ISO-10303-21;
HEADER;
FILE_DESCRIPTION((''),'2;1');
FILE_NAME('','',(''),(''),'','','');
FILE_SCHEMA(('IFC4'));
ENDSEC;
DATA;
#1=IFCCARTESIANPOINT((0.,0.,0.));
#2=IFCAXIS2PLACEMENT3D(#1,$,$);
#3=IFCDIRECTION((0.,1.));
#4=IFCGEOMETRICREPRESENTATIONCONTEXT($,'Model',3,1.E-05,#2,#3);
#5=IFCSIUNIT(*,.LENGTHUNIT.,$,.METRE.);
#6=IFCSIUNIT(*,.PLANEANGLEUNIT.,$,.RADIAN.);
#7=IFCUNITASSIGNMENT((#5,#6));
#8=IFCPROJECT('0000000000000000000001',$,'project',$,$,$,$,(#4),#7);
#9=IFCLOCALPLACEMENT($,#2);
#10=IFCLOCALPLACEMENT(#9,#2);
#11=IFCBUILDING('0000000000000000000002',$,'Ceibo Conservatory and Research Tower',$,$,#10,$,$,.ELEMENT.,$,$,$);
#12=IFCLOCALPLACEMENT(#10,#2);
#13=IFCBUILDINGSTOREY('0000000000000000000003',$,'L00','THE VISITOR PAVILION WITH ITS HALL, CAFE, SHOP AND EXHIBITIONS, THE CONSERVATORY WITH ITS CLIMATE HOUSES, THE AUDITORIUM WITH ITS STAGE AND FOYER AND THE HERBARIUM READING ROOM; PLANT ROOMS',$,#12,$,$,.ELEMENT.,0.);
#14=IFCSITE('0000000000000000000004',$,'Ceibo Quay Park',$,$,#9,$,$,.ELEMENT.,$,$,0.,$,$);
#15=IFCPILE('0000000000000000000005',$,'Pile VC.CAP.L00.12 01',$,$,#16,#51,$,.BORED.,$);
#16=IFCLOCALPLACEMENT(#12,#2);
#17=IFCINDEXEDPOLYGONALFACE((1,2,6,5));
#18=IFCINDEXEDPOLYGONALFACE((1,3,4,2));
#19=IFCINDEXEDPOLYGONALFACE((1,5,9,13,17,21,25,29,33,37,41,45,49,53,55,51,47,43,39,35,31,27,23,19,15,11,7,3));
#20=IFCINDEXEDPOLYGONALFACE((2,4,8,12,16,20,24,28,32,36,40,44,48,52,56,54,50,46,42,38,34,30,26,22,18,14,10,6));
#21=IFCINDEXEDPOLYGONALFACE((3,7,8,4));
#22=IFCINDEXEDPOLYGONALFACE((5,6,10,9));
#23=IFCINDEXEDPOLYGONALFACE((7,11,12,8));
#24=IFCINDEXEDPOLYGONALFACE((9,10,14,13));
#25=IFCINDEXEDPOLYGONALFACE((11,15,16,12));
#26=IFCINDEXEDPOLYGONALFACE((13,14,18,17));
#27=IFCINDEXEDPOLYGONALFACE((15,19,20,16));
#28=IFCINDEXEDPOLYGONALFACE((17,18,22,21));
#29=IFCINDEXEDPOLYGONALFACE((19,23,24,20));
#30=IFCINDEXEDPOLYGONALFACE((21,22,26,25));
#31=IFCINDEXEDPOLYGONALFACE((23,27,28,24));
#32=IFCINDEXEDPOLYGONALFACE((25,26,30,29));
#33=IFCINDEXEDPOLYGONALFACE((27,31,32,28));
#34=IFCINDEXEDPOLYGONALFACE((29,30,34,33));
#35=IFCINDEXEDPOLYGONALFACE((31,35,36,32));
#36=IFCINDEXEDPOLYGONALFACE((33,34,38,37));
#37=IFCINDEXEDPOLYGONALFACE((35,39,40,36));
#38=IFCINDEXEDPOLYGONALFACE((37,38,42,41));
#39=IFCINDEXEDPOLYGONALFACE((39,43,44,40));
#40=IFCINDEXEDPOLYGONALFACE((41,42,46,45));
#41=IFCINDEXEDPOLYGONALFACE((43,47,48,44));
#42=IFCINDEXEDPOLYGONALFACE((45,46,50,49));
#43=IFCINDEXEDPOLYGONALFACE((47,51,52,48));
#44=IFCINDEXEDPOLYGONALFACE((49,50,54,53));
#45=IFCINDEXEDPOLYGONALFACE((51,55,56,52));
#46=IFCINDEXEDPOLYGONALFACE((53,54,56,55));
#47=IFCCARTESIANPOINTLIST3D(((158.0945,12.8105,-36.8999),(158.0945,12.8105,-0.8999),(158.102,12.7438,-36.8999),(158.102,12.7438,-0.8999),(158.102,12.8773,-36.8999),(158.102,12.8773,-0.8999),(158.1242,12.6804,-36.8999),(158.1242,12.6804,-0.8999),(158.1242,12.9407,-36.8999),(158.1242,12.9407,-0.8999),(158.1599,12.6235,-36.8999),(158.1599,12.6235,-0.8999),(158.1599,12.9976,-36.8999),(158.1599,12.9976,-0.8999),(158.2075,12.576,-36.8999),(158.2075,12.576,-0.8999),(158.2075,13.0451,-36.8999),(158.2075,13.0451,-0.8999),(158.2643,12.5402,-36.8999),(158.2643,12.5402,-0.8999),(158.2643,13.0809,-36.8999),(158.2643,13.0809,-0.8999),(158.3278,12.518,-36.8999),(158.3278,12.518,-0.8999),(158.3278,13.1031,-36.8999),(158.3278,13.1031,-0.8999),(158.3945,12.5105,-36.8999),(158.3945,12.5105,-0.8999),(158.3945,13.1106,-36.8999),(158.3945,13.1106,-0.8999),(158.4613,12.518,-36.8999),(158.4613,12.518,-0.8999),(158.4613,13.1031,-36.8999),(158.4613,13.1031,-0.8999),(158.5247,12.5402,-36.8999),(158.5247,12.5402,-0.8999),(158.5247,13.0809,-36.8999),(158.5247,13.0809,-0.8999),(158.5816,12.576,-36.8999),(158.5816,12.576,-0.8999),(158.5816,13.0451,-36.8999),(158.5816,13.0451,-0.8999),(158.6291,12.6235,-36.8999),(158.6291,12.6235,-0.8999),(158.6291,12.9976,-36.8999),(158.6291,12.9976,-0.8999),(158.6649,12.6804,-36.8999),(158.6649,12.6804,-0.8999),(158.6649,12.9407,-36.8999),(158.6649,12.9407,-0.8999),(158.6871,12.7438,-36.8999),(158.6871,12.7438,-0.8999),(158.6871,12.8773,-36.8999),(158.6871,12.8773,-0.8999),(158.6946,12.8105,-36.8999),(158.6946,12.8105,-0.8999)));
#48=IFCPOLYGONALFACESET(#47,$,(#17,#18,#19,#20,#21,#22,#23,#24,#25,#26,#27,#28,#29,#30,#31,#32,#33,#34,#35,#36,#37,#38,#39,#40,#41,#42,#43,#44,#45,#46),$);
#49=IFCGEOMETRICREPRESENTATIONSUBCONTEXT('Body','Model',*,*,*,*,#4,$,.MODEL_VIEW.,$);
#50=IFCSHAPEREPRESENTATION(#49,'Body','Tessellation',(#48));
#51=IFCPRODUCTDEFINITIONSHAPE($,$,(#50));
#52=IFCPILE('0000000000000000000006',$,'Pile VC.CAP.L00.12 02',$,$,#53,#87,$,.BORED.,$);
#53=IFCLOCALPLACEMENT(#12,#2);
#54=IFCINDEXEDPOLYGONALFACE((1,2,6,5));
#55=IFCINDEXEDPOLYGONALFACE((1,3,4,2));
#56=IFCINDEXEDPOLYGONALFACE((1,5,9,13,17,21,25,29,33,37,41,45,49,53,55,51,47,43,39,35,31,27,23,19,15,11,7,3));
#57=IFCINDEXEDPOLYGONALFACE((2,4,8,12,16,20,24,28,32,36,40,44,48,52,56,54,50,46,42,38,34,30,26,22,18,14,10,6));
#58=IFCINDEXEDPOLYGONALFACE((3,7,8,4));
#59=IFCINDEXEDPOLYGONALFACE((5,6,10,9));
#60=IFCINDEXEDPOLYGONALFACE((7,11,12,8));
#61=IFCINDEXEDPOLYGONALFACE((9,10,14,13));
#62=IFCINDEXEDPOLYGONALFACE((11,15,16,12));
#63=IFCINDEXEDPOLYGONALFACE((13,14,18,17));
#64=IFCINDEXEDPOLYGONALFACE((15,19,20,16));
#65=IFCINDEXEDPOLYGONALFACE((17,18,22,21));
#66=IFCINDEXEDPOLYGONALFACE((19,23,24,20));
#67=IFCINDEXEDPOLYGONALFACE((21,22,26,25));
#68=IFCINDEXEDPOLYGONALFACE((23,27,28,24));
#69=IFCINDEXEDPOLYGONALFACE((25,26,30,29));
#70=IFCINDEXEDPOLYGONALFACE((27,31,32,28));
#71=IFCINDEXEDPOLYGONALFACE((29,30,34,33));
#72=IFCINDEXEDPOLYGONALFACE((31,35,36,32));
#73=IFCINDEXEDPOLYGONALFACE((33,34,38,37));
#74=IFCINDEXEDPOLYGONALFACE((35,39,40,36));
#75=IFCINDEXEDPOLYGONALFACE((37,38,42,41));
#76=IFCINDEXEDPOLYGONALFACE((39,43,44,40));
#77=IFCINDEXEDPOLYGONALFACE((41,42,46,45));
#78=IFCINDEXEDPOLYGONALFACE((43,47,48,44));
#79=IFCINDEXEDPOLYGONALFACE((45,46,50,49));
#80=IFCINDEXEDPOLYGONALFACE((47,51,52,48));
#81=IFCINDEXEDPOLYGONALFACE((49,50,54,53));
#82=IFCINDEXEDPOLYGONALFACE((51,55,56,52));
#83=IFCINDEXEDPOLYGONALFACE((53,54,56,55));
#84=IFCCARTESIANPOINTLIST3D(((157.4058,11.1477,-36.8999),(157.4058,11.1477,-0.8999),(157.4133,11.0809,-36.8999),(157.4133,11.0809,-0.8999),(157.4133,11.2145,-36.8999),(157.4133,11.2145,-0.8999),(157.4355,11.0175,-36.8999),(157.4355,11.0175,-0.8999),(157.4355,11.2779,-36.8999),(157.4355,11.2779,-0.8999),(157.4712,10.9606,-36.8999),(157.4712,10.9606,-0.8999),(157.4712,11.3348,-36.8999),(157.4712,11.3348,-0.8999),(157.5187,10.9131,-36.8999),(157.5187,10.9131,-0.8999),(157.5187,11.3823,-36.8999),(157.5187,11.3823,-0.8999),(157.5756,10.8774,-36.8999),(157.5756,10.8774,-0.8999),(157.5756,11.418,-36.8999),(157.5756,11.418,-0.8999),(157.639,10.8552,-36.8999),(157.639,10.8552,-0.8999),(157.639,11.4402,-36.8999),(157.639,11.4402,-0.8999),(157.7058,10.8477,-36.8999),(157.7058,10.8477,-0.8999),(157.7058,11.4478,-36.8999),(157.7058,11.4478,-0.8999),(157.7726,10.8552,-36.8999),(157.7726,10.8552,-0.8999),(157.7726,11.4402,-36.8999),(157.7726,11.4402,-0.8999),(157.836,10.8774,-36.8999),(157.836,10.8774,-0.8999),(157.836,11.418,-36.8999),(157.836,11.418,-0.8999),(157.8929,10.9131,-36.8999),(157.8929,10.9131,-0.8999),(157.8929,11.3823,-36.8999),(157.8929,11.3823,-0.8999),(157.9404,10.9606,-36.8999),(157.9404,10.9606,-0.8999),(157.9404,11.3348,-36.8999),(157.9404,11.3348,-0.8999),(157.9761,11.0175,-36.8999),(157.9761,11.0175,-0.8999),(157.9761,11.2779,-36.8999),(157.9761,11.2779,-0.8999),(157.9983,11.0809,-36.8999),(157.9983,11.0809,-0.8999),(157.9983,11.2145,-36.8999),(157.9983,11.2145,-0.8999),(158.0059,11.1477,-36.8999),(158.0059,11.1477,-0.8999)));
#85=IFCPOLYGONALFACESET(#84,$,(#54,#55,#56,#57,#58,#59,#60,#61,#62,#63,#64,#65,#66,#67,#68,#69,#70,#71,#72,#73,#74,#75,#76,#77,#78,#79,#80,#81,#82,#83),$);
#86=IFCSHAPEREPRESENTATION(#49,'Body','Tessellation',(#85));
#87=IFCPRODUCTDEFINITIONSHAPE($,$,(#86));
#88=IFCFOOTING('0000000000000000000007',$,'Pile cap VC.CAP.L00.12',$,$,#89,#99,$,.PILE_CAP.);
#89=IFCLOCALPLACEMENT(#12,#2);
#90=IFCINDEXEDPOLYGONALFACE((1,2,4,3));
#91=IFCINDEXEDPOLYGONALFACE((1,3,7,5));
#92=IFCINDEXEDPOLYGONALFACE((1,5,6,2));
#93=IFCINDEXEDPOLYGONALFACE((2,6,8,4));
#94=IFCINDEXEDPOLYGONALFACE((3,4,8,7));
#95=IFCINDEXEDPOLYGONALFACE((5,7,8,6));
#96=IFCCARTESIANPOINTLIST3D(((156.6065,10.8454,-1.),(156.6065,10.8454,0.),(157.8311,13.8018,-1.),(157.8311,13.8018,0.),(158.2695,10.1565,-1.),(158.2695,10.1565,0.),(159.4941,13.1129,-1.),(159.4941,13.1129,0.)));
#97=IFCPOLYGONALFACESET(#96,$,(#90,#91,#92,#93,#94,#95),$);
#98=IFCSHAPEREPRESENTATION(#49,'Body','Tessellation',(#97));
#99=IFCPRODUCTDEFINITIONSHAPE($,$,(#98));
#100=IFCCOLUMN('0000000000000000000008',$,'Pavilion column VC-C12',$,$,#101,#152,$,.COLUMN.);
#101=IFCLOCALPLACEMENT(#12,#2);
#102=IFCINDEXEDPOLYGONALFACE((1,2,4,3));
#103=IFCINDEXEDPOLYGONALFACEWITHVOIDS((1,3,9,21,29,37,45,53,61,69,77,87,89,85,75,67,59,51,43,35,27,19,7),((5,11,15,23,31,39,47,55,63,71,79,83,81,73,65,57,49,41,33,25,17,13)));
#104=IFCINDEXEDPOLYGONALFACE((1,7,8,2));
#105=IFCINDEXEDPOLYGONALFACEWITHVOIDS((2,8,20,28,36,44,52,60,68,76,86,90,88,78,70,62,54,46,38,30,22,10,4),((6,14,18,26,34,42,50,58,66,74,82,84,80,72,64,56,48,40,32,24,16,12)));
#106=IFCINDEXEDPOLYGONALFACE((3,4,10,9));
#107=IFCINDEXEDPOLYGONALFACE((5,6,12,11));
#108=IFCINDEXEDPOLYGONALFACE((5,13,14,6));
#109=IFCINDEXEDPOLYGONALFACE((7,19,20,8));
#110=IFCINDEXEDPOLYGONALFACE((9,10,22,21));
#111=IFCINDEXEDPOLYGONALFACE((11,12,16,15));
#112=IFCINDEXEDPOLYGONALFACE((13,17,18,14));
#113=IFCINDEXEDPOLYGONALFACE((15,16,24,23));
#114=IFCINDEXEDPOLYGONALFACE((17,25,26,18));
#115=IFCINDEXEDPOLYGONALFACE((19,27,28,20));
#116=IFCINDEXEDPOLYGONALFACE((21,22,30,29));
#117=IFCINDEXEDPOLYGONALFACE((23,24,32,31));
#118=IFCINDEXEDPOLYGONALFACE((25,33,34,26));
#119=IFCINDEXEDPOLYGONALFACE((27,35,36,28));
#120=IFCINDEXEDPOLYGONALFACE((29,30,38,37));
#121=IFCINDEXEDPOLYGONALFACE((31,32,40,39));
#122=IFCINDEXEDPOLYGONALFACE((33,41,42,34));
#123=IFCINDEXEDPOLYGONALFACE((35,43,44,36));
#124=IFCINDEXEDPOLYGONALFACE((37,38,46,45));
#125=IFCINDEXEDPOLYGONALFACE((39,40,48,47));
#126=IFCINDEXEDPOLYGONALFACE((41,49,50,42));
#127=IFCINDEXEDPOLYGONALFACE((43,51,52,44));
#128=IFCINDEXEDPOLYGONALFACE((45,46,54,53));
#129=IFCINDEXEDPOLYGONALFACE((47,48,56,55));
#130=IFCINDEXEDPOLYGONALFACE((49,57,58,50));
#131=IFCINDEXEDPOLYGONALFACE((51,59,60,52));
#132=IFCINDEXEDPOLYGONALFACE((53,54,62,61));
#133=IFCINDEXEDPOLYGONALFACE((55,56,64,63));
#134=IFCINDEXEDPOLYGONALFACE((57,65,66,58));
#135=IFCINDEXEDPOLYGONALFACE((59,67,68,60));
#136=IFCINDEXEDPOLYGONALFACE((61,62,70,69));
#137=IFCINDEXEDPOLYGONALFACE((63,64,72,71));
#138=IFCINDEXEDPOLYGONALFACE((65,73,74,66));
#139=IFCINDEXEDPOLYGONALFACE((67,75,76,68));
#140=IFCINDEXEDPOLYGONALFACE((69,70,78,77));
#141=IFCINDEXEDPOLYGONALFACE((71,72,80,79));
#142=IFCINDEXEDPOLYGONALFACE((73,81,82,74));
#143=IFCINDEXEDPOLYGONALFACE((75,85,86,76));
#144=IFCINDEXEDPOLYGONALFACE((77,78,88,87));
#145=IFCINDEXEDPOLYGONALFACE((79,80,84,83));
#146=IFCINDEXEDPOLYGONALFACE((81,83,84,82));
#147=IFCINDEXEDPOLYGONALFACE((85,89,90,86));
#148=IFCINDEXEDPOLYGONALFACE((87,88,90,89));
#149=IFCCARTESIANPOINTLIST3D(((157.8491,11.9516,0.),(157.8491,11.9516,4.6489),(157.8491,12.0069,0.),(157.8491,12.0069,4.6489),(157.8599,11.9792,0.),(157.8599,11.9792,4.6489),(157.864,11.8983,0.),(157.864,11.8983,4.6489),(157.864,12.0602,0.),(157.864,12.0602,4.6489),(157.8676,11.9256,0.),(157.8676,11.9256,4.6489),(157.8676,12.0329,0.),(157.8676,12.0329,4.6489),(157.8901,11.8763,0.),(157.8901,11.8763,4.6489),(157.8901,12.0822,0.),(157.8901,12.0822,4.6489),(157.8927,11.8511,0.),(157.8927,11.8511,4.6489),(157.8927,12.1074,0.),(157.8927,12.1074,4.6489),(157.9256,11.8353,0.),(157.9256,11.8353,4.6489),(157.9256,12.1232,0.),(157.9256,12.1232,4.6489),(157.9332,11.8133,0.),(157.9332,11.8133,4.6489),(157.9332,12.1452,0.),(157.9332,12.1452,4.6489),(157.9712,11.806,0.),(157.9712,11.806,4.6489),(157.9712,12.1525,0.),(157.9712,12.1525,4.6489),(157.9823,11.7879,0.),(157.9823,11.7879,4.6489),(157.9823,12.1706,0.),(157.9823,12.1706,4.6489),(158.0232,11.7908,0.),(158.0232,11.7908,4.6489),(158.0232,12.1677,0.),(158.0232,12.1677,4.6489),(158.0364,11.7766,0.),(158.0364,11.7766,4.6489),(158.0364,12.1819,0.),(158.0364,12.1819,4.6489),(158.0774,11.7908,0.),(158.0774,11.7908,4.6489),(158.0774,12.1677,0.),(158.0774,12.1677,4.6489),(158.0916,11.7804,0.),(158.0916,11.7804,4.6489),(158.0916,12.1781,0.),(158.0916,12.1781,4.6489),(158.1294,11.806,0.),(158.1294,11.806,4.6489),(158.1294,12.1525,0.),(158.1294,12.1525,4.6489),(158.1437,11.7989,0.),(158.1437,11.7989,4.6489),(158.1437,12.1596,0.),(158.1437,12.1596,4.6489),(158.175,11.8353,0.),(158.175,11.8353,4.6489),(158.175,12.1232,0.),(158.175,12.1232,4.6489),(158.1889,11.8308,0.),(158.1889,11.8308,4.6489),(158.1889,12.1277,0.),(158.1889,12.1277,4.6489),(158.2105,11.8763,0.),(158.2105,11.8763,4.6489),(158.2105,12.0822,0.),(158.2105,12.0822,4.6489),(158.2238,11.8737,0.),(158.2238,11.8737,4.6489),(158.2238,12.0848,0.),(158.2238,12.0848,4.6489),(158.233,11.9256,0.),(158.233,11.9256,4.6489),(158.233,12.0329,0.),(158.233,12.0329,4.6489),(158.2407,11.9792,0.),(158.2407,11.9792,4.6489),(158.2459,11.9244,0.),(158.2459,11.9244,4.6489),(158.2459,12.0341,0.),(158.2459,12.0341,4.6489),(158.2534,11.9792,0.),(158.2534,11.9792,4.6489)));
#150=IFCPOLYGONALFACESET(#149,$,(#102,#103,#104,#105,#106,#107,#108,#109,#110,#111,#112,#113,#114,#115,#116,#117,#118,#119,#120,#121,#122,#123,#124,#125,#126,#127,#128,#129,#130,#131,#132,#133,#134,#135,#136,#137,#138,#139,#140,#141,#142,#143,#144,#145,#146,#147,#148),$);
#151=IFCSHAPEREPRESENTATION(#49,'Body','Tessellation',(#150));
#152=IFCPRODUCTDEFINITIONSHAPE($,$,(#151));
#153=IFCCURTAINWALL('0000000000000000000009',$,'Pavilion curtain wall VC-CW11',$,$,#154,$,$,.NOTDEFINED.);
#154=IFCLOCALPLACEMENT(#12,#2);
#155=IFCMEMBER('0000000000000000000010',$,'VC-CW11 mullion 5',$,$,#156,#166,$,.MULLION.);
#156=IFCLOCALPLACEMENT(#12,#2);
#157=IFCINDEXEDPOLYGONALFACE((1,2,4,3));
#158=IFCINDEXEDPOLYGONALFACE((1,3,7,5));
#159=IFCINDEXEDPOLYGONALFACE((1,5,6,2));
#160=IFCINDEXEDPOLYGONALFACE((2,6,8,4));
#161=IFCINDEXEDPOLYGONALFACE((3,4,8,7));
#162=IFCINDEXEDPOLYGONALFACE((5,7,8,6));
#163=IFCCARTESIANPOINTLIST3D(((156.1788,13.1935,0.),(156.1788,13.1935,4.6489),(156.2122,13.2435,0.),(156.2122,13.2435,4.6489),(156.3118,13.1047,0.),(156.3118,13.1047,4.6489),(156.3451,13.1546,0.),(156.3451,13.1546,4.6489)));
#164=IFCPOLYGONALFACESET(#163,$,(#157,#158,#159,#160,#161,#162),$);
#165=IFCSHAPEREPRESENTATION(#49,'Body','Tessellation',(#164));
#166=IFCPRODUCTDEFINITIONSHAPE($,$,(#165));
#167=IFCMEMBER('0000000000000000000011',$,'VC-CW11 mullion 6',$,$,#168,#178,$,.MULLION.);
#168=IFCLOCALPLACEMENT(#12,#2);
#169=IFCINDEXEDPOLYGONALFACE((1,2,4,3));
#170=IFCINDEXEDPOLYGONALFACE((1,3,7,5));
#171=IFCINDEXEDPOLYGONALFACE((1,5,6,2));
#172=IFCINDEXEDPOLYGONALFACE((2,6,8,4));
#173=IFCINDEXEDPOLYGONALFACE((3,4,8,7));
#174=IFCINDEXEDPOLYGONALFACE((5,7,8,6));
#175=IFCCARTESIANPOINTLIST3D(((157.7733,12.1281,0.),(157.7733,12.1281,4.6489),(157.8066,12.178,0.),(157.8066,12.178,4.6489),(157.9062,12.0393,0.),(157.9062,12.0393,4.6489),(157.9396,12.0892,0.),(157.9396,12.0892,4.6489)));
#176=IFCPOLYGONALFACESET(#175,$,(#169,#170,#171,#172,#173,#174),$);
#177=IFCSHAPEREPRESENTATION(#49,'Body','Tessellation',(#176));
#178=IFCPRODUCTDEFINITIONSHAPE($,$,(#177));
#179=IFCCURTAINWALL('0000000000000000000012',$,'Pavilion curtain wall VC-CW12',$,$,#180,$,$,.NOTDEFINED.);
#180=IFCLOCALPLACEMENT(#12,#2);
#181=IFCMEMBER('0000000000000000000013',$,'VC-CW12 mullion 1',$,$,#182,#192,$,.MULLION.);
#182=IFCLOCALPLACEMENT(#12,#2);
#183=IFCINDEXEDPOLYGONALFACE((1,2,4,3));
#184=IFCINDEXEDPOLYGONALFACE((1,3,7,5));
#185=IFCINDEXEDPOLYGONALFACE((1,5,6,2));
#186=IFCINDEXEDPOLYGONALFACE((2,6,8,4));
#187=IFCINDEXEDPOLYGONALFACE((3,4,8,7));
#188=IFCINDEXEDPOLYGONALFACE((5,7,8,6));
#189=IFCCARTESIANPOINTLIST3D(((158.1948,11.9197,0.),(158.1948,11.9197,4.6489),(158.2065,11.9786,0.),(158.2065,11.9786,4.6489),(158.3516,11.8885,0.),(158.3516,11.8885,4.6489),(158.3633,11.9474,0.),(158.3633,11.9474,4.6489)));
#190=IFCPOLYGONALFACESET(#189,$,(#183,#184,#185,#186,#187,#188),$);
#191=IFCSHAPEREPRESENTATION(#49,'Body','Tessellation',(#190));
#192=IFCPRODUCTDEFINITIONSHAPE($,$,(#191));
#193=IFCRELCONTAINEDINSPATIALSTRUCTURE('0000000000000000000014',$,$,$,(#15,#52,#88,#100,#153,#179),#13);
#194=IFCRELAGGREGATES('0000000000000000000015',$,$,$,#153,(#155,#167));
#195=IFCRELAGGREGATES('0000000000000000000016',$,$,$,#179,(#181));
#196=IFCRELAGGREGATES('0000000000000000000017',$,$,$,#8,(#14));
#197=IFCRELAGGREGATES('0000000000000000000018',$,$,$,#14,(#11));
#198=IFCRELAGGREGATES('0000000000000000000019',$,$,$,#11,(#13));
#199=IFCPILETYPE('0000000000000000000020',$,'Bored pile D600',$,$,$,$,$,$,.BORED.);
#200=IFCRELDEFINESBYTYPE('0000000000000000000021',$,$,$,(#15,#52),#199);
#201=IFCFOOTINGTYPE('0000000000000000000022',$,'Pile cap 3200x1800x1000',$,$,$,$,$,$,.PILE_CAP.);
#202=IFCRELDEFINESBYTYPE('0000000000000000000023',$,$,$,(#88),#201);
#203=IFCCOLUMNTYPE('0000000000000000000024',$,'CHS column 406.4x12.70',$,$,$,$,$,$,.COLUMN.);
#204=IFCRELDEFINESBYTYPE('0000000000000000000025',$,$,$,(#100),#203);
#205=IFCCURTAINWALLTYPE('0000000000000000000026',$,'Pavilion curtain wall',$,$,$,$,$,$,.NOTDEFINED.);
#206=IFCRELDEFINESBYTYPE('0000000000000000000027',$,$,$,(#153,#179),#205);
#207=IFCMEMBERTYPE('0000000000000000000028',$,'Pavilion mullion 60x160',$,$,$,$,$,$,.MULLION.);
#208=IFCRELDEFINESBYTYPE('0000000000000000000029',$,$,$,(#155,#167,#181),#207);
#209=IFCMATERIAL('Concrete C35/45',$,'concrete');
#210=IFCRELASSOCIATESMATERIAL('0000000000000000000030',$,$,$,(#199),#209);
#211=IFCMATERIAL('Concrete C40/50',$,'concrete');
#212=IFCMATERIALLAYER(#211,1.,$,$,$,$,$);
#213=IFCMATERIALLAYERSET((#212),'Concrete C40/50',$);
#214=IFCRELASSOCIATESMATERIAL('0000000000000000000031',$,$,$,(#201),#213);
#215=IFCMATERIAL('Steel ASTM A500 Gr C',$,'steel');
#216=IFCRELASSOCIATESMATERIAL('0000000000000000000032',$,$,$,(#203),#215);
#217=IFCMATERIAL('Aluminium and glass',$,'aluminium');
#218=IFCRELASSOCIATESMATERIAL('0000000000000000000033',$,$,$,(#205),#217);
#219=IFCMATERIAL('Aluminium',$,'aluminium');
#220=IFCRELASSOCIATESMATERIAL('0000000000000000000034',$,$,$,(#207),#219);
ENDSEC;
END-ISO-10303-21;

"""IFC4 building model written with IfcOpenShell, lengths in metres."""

from ifc_helpers import new_model, si_unit, direction, frame, origin, origin_2d, place, context, subcontext, project, spatial, polyline, rectangle, circle, hollow_circle, outline, extrude, material, layer, layer_set, material_profile, profile_set, type_object, element, aggregate, save


model = new_model("IFC4")

# Units and contexts
model_context = context("Model", 3, precision=1e-05, world=origin(), true_north=direction((0.0, 1.0)))
body_context = subcontext(model_context, "Body", "Model", "MODEL_VIEW")
ifc_project = project(units=[si_unit("LENGTHUNIT", "METRE"), si_unit("PLANEANGLEUNIT", "RADIAN")], contexts=[model_context])

# Site, building, storey
site_placement = place(None, origin())
site = spatial("IfcSite", under=ifc_project, at=site_placement, Name="Ceibo Quay Park", CompositionType="ELEMENT", RefElevation=0.0)
building_placement = place(site_placement, origin())
building = spatial("IfcBuilding", under=site, at=building_placement, Name="Ceibo Conservatory and Research Tower", CompositionType="ELEMENT")
storey_placement = place(building_placement, origin())
storey = spatial("IfcBuildingStorey", under=building, at=storey_placement, Name="L00", Description="THE VISITOR PAVILION WITH ITS HALL, CAFE, SHOP AND EXHIBITIONS, THE CONSERVATORY WITH ITS CLIMATE HOUSES, THE AUDITORIUM WITH ITS STAGE AND FOYER AND THE HERBARIUM READING ROOM; PLANT ROOMS", CompositionType="ELEMENT", Elevation=0.0)

# Piles
ifc_material_1 = material(Name="Concrete C35/45", Category="concrete")
ifc_material_profile_1 = material_profile(ifc_material_1, circle(Radius=0.3, at=origin_2d()), Name="RC D600")
ifc_profile_set_1 = profile_set([ifc_material_profile_1], Name="Concrete C35/45")
pile_type = type_object("IfcPileType", Name="Bored pile D600", PredefinedType="BORED", material=ifc_profile_set_1)
for number, where, z_axis, x_axis, name in (
    (1, (158.3945, 12.8105, -0.8999), (0.0, 0.0, -1.0), (1.0, 0.0, 0.0), "Pile VC.CAP.L00.12 01"),
    (2, (157.7058, 11.1477, -0.8999), (0.0, 0.0, -1.0), (1.0, 0.0, 0.0), "Pile VC.CAP.L00.12 02"),
):
    element("IfcPile", number, at=place(storey_placement, frame(where, z_axis=z_axis, x_axis=x_axis)), inside=storey, type_object=pile_type, Name=name, PredefinedType="BORED", context=body_context, shape_type="SweptSolid", body=[
        extrude(circle(Radius=0.3, at=origin_2d()), origin(), (0.0, 0.0, 1.0), 36.0),
    ])

# Footing
ifc_material_2 = material(Name="Concrete C40/50", Category="concrete")
ifc_layer_1 = layer(ifc_material_2, 1.0)
ifc_layer_set_1 = layer_set([ifc_layer_1], Name="Concrete C40/50")
footing_type = type_object("IfcFootingType", Name="Pile cap 3200x1800x1000", PredefinedType="PILE_CAP", material=ifc_layer_set_1)
footing_placement = place(storey_placement, frame((157.8311, 13.8018, -1.0), z_axis=(0.0, 0.0, 1.0), x_axis=(-0.382683, -0.92388, 0.0)))
element("IfcFooting", 3, at=footing_placement, inside=storey, type_object=footing_type, Name="Pile cap VC.CAP.L00.12", PredefinedType="PILE_CAP", context=body_context, shape_type="SweptSolid", body=[
    extrude(outline(polyline([(0.0, 0.0), (3.2, 0.0), (3.2, 1.8), (0.0, 1.8), (0.0, 0.0)])), origin(), (0.0, 0.0, 1.0), 1.0),
])

# Column
ifc_material_3 = material(Name="Steel ASTM A500 Gr C", Category="steel")
ifc_material_profile_2 = material_profile(ifc_material_3, hollow_circle(Radius=0.2031, WallThickness=0.0127, at=origin_2d()), Name="CHS column 406.4x12.70")
ifc_profile_set_2 = profile_set([ifc_material_profile_2], Name="Steel ASTM A500 Gr C")
column_type = type_object("IfcColumnType", Name="CHS column 406.4x12.70", PredefinedType="COLUMN", material=ifc_profile_set_2)
column_placement = place(storey_placement, frame((158.0503, 11.9792, 0.0), z_axis=(0.0, 0.0, 1.0), x_axis=(1.0, 0.0, 0.0)))
element("IfcColumn", 4, at=column_placement, inside=storey, type_object=column_type, Name="Pavilion column VC-C12", PredefinedType="COLUMN", context=body_context, shape_type="SweptSolid", body=[
    extrude(hollow_circle(Radius=0.2031, WallThickness=0.0127, at=origin_2d()), origin(), (0.0, 0.0, 1.0), 4.6489),
])

# Curtain wall, members
ifc_material_4 = material(Name="Aluminium and glass", Category="aluminium")
curtain_wall_type = type_object("IfcCurtainWallType", Name="Pavilion curtain wall", PredefinedType="NOTDEFINED", material=ifc_material_4)
curtain_wall_1_placement = place(storey_placement, origin())
curtain_wall_1 = element("IfcCurtainWall", 5, at=curtain_wall_1_placement, inside=storey, type_object=curtain_wall_type, Name="Pavilion curtain wall VC-CW11", PredefinedType="NOTDEFINED")
ifc_material_5 = material(Name="Aluminium", Category="aluminium")
ifc_material_profile_3 = material_profile(ifc_material_5, rectangle(XDim=0.0601, YDim=0.1599, at=origin_2d()), Name="AL 60x160")
ifc_profile_set_3 = profile_set([ifc_material_profile_3], Name="Aluminium")
member_type_1 = type_object("IfcMemberType", Name="Pavilion mullion 60x160", PredefinedType="MULLION", material=ifc_profile_set_3)
member_1_placement = place(storey_placement, frame((156.262, 13.1741, 0.0), z_axis=(0.0, 0.0, 1.0), x_axis=(0.55557, 0.83147, 0.0)))
member_1 = element("IfcMember", 6, at=member_1_placement, type_object=member_type_1, Name="VC-CW11 mullion 5", PredefinedType="MULLION", context=body_context, shape_type="SweptSolid", body=[
    extrude(rectangle(XDim=0.0601, YDim=0.1599, at=origin_2d()), origin(), (0.0, 0.0, 1.0), 4.6489),
])
member_2_placement = place(storey_placement, frame((157.8564, 12.1086, 0.0), z_axis=(0.0, 0.0, 1.0), x_axis=(0.55557, 0.83147, 0.0)))
member_2 = element("IfcMember", 7, at=member_2_placement, type_object=member_type_1, Name="VC-CW11 mullion 6", PredefinedType="MULLION", context=body_context, shape_type="SweptSolid", body=[
    extrude(rectangle(XDim=0.0601, YDim=0.1599, at=origin_2d()), origin(), (0.0, 0.0, 1.0), 4.6489),
])

# Curtain wall, member
curtain_wall_2_placement = place(storey_placement, origin())
curtain_wall_2 = element("IfcCurtainWall", 8, at=curtain_wall_2_placement, inside=storey, type_object=curtain_wall_type, Name="Pavilion curtain wall VC-CW12", PredefinedType="NOTDEFINED")
member_3_placement = place(storey_placement, frame((158.2791, 11.9336, 0.0), z_axis=(0.0, 0.0, 1.0), x_axis=(0.19509, 0.980785, 0.0)))
member_3 = element("IfcMember", 9, at=member_3_placement, type_object=member_type_1, Name="VC-CW12 mullion 1", PredefinedType="MULLION", context=body_context, shape_type="SweptSolid", body=[
    extrude(rectangle(XDim=0.0601, YDim=0.1599, at=origin_2d()), origin(), (0.0, 0.0, 1.0), 4.6489),
])

aggregate(curtain_wall_1, [member_1, member_2])
aggregate(curtain_wall_2, [member_3])

save(model, "model.ifc")
